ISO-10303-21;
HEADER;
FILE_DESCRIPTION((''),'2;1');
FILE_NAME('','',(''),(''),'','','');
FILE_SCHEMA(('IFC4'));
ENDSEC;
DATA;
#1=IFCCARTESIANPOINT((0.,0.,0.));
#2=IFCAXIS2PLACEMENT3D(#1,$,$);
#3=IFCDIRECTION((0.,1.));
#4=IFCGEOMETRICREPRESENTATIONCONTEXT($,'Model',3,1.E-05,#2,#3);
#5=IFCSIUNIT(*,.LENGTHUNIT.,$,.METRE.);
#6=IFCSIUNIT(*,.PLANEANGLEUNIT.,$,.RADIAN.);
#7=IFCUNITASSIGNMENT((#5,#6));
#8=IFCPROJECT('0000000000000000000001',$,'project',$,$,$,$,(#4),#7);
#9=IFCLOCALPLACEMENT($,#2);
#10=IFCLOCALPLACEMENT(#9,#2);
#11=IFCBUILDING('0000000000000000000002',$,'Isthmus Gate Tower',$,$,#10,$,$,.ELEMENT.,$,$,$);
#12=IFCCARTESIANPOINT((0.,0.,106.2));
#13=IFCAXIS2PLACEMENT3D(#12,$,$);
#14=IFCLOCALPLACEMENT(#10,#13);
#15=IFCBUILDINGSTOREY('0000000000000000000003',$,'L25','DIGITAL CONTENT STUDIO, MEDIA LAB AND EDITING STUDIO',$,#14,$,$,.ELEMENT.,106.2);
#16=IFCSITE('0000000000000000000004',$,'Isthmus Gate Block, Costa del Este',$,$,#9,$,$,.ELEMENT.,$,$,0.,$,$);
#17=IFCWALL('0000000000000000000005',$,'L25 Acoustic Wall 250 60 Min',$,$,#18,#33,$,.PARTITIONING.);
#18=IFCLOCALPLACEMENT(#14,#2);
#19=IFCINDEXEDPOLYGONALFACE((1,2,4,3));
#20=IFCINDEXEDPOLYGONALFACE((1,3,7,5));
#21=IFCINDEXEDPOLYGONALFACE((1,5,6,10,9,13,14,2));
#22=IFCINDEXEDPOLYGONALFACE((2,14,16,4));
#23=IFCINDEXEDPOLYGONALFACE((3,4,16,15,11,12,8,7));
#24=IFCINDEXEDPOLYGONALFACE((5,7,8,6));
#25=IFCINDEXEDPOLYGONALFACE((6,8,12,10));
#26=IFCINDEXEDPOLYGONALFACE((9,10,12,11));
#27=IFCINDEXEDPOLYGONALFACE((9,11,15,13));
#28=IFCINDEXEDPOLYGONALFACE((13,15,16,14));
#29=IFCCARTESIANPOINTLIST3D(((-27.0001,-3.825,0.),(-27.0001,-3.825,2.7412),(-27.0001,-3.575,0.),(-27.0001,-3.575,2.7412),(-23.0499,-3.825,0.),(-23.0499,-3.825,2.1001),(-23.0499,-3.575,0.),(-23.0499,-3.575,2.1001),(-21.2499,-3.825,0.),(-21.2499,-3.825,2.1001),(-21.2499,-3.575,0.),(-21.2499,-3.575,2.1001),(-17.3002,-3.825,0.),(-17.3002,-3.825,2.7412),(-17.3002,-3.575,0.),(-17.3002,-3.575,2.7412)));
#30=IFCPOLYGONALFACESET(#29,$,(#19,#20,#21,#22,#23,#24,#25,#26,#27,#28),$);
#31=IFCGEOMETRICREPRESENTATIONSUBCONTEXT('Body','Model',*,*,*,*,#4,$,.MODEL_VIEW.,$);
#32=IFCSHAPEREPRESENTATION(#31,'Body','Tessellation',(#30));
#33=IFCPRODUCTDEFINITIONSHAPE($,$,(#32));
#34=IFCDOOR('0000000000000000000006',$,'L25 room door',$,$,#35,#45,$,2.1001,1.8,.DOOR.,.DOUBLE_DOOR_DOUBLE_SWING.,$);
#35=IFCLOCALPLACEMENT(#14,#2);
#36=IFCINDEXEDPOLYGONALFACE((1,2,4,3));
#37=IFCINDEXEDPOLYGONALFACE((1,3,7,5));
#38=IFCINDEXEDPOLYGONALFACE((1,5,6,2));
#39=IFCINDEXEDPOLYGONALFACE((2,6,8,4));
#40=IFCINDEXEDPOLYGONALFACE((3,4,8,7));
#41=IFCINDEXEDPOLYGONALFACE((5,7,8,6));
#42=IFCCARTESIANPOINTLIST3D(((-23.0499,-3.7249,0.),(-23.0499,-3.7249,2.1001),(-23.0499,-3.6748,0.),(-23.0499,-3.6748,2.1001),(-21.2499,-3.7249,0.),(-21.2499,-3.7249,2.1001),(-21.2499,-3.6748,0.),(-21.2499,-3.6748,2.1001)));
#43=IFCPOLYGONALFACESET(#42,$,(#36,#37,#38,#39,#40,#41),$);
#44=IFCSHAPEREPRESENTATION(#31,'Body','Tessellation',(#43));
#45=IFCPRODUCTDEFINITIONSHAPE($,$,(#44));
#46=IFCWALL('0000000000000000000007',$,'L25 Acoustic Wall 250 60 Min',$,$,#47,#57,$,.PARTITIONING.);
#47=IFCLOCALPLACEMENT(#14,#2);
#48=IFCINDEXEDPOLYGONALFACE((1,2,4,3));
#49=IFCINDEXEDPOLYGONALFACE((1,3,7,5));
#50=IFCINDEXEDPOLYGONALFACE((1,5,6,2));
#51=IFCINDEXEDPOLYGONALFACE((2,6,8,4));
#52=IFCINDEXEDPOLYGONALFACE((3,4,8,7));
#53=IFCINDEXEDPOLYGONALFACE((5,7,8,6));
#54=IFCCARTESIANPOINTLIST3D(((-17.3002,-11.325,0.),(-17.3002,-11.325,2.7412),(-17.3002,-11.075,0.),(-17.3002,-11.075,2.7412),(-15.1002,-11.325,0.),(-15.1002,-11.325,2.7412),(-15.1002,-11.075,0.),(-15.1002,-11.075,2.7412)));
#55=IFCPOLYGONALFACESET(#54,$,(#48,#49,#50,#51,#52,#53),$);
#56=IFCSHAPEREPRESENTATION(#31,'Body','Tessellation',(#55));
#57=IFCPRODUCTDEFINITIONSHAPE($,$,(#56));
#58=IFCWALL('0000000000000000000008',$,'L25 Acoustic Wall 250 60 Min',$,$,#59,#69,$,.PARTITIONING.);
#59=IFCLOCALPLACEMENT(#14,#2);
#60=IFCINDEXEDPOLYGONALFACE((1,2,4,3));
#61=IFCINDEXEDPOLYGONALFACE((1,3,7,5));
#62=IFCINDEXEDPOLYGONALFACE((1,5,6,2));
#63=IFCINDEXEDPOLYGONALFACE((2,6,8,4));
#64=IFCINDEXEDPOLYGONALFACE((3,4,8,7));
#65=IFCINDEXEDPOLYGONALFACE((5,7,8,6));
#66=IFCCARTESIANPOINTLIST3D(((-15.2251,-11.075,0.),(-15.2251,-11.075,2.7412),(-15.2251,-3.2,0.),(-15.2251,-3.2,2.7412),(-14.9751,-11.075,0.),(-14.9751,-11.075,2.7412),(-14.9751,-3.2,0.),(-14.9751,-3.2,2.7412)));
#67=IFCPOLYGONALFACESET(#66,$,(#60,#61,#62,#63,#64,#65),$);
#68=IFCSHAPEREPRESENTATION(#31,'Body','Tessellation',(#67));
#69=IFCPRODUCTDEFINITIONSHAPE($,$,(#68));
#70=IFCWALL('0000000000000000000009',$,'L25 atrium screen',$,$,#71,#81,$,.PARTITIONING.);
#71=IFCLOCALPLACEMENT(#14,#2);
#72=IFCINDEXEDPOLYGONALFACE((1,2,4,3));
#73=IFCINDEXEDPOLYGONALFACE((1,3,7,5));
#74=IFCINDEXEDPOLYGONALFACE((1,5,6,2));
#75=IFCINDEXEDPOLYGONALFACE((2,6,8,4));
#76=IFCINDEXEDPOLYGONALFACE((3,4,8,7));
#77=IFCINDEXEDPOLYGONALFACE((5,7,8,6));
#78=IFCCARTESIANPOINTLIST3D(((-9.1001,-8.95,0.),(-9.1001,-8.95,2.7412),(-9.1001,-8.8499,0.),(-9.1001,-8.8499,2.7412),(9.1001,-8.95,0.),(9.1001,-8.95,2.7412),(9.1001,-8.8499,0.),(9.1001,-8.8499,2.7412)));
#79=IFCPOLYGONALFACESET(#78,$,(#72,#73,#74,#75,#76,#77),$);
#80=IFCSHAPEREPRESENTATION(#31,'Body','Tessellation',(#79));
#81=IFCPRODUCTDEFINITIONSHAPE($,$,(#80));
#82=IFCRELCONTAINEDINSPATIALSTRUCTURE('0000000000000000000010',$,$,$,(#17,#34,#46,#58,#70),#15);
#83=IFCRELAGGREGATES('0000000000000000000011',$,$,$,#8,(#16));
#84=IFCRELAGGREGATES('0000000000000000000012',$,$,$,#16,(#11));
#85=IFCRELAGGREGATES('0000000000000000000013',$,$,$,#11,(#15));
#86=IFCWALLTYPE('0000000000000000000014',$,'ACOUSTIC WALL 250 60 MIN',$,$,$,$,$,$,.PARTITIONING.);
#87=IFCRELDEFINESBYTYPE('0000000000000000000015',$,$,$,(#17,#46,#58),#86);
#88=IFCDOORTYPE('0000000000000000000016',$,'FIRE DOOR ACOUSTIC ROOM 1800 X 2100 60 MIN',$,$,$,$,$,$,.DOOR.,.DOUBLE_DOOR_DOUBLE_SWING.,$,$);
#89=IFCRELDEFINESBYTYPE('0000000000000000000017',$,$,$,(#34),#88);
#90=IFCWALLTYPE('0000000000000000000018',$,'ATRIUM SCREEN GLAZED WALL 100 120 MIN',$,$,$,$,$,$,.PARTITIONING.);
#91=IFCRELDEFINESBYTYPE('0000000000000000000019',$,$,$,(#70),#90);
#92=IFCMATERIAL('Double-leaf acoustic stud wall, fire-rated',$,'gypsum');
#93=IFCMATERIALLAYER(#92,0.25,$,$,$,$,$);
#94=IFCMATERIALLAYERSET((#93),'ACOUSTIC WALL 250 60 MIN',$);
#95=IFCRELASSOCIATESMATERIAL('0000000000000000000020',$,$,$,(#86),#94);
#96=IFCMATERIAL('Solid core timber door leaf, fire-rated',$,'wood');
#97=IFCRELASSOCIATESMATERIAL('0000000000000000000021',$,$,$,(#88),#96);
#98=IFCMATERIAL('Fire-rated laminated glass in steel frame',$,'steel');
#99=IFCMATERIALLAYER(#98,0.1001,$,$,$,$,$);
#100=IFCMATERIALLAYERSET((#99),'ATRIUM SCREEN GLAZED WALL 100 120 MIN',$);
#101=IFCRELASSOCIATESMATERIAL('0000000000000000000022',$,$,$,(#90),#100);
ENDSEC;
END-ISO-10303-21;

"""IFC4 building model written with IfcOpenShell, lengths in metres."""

from ifc_helpers import new_model, si_unit, direction, frame, frame_2d, origin, place, context, subcontext, project, spatial, rectangle, extrude, material, layer, layer_set, type_object, element, fill, save


model = new_model("IFC4")

# Units and contexts
model_context = context("Model", 3, precision=1e-05, world=origin(), true_north=direction((0.0, 1.0)))
body_context = subcontext(model_context, "Body", "Model", "MODEL_VIEW")
ifc_project = project(units=[si_unit("LENGTHUNIT", "METRE"), si_unit("PLANEANGLEUNIT", "RADIAN")], contexts=[model_context])

# Site, building, storey
site_placement = place(None, origin())
site = spatial("IfcSite", under=ifc_project, at=site_placement, Name="Isthmus Gate Block, Costa del Este", CompositionType="ELEMENT", RefElevation=0.0)
building_placement = place(site_placement, origin())
building = spatial("IfcBuilding", under=site, at=building_placement, Name="Isthmus Gate Tower", CompositionType="ELEMENT")
storey_placement = place(building_placement, frame((0.0, 0.0, 106.2)))
storey = spatial("IfcBuildingStorey", under=building, at=storey_placement, Name="L25", Description="DIGITAL CONTENT STUDIO, MEDIA LAB AND EDITING STUDIO", CompositionType="ELEMENT", Elevation=106.2)

# Wall, opening, door
ifc_material_1 = material(Name="Double-leaf acoustic stud wall, fire-rated", Category="gypsum")
ifc_layer_1 = layer(ifc_material_1, 0.25)
ifc_layer_set_1 = layer_set([ifc_layer_1], Name="ACOUSTIC WALL 250 60 MIN")
wall_type_1 = type_object("IfcWallType", Name="ACOUSTIC WALL 250 60 MIN", PredefinedType="PARTITIONING", material=ifc_layer_set_1)
wall_1_placement = place(storey_placement, frame((-17.3, -3.7, 0.0), z_axis=(0.0, 0.0, 1.0), x_axis=(-1.0, 0.0, 0.0)))
wall_1 = element("IfcWall", 1, at=wall_1_placement, inside=storey, type_object=wall_type_1, Name="L25 Acoustic Wall 250 60 Min", PredefinedType="PARTITIONING", context=body_context, shape_type="SweptSolid", body=[
    extrude(rectangle(XDim=9.7, YDim=0.25, at=frame_2d((4.8501, 0.0))), origin(), (0.0, 0.0, 1.0), 2.7412),
])
opening_1_placement = place(wall_1_placement, frame((3.95, 0.0, 0.0)))
opening_1 = element("IfcOpeningElement", 2, at=opening_1_placement, cuts=wall_1, PredefinedType="OPENING", context=body_context, shape_type="SweptSolid", body=[
    extrude(rectangle(XDim=1.8, YDim=2.1001, at=frame_2d((0.8999, 1.05))), frame((0.0, 0.135, 0.0), z_axis=(0.0, -1.0, 0.0), x_axis=(1.0, 0.0, 0.0)), (0.0, 0.0, 1.0), 0.27),
])
ifc_material_2 = material(Name="Solid core timber door leaf, fire-rated", Category="wood")
door_type_1 = type_object("IfcDoorType", Name="FIRE DOOR ACOUSTIC ROOM 1800 X 2100 60 MIN", OperationType="DOUBLE_DOOR_DOUBLE_SWING", PredefinedType="DOOR", material=ifc_material_2)
door_1_placement = place(opening_1_placement, origin())
door_1 = element("IfcDoor", 3, at=door_1_placement, inside=storey, type_object=door_type_1, Name="L25 room door", OperationType="DOUBLE_DOOR_DOUBLE_SWING", OverallHeight=2.1001, OverallWidth=1.8, PredefinedType="DOOR", context=body_context, shape_type="SweptSolid", body=[
    extrude(rectangle(XDim=1.8, YDim=2.1001, at=frame_2d((0.8999, 1.05))), frame((0.0, 0.0249, 0.0), z_axis=(0.0, -1.0, 0.0), x_axis=(1.0, 0.0, 0.0)), (0.0, 0.0, 1.0), 0.05),
])
fill(opening_1, door_1)

# Walls
wall_2_placement = place(storey_placement, frame((-15.1001, -11.2, 0.0), z_axis=(0.0, 0.0, 1.0), x_axis=(-1.0, 0.0, 0.0)))
element("IfcWall", 4, at=wall_2_placement, inside=storey, type_object=wall_type_1, Name="L25 Acoustic Wall 250 60 Min", PredefinedType="PARTITIONING", context=body_context, shape_type="SweptSolid", body=[
    extrude(rectangle(XDim=2.2, YDim=0.25, at=frame_2d((1.1001, 0.0))), origin(), (0.0, 0.0, 1.0), 2.7412),
])
wall_3_placement = place(storey_placement, frame((-15.1001, -3.2, 0.0), z_axis=(0.0, 0.0, 1.0), x_axis=(0.0, -1.0, 0.0)))
element("IfcWall", 5, at=wall_3_placement, inside=storey, type_object=wall_type_1, Name="L25 Acoustic Wall 250 60 Min", PredefinedType="PARTITIONING", context=body_context, shape_type="SweptSolid", body=[
    extrude(rectangle(XDim=7.875, YDim=0.25, at=frame_2d((3.9375, 0.0))), origin(), (0.0, 0.0, 1.0), 2.7412),
])
ifc_material_3 = material(Name="Fire-rated laminated glass in steel frame", Category="steel")
ifc_layer_2 = layer(ifc_material_3, 0.1001)
ifc_layer_set_2 = layer_set([ifc_layer_2], Name="ATRIUM SCREEN GLAZED WALL 100 120 MIN")
wall_type_2 = type_object("IfcWallType", Name="ATRIUM SCREEN GLAZED WALL 100 120 MIN", PredefinedType="PARTITIONING", material=ifc_layer_set_2)
wall_4_placement = place(storey_placement, frame((-9.1001, -8.8999, 0.0), z_axis=(0.0, 0.0, 1.0), x_axis=(1.0, 0.0, 0.0)))
element("IfcWall", 6, at=wall_4_placement, inside=storey, type_object=wall_type_2, Name="L25 atrium screen", PredefinedType="PARTITIONING", context=body_context, shape_type="SweptSolid", body=[
    extrude(rectangle(XDim=18.2002, YDim=0.1001, at=frame_2d((9.1001, 0.0))), origin(), (0.0, 0.0, 1.0), 2.7412),
])

save(model, "model.ifc")
